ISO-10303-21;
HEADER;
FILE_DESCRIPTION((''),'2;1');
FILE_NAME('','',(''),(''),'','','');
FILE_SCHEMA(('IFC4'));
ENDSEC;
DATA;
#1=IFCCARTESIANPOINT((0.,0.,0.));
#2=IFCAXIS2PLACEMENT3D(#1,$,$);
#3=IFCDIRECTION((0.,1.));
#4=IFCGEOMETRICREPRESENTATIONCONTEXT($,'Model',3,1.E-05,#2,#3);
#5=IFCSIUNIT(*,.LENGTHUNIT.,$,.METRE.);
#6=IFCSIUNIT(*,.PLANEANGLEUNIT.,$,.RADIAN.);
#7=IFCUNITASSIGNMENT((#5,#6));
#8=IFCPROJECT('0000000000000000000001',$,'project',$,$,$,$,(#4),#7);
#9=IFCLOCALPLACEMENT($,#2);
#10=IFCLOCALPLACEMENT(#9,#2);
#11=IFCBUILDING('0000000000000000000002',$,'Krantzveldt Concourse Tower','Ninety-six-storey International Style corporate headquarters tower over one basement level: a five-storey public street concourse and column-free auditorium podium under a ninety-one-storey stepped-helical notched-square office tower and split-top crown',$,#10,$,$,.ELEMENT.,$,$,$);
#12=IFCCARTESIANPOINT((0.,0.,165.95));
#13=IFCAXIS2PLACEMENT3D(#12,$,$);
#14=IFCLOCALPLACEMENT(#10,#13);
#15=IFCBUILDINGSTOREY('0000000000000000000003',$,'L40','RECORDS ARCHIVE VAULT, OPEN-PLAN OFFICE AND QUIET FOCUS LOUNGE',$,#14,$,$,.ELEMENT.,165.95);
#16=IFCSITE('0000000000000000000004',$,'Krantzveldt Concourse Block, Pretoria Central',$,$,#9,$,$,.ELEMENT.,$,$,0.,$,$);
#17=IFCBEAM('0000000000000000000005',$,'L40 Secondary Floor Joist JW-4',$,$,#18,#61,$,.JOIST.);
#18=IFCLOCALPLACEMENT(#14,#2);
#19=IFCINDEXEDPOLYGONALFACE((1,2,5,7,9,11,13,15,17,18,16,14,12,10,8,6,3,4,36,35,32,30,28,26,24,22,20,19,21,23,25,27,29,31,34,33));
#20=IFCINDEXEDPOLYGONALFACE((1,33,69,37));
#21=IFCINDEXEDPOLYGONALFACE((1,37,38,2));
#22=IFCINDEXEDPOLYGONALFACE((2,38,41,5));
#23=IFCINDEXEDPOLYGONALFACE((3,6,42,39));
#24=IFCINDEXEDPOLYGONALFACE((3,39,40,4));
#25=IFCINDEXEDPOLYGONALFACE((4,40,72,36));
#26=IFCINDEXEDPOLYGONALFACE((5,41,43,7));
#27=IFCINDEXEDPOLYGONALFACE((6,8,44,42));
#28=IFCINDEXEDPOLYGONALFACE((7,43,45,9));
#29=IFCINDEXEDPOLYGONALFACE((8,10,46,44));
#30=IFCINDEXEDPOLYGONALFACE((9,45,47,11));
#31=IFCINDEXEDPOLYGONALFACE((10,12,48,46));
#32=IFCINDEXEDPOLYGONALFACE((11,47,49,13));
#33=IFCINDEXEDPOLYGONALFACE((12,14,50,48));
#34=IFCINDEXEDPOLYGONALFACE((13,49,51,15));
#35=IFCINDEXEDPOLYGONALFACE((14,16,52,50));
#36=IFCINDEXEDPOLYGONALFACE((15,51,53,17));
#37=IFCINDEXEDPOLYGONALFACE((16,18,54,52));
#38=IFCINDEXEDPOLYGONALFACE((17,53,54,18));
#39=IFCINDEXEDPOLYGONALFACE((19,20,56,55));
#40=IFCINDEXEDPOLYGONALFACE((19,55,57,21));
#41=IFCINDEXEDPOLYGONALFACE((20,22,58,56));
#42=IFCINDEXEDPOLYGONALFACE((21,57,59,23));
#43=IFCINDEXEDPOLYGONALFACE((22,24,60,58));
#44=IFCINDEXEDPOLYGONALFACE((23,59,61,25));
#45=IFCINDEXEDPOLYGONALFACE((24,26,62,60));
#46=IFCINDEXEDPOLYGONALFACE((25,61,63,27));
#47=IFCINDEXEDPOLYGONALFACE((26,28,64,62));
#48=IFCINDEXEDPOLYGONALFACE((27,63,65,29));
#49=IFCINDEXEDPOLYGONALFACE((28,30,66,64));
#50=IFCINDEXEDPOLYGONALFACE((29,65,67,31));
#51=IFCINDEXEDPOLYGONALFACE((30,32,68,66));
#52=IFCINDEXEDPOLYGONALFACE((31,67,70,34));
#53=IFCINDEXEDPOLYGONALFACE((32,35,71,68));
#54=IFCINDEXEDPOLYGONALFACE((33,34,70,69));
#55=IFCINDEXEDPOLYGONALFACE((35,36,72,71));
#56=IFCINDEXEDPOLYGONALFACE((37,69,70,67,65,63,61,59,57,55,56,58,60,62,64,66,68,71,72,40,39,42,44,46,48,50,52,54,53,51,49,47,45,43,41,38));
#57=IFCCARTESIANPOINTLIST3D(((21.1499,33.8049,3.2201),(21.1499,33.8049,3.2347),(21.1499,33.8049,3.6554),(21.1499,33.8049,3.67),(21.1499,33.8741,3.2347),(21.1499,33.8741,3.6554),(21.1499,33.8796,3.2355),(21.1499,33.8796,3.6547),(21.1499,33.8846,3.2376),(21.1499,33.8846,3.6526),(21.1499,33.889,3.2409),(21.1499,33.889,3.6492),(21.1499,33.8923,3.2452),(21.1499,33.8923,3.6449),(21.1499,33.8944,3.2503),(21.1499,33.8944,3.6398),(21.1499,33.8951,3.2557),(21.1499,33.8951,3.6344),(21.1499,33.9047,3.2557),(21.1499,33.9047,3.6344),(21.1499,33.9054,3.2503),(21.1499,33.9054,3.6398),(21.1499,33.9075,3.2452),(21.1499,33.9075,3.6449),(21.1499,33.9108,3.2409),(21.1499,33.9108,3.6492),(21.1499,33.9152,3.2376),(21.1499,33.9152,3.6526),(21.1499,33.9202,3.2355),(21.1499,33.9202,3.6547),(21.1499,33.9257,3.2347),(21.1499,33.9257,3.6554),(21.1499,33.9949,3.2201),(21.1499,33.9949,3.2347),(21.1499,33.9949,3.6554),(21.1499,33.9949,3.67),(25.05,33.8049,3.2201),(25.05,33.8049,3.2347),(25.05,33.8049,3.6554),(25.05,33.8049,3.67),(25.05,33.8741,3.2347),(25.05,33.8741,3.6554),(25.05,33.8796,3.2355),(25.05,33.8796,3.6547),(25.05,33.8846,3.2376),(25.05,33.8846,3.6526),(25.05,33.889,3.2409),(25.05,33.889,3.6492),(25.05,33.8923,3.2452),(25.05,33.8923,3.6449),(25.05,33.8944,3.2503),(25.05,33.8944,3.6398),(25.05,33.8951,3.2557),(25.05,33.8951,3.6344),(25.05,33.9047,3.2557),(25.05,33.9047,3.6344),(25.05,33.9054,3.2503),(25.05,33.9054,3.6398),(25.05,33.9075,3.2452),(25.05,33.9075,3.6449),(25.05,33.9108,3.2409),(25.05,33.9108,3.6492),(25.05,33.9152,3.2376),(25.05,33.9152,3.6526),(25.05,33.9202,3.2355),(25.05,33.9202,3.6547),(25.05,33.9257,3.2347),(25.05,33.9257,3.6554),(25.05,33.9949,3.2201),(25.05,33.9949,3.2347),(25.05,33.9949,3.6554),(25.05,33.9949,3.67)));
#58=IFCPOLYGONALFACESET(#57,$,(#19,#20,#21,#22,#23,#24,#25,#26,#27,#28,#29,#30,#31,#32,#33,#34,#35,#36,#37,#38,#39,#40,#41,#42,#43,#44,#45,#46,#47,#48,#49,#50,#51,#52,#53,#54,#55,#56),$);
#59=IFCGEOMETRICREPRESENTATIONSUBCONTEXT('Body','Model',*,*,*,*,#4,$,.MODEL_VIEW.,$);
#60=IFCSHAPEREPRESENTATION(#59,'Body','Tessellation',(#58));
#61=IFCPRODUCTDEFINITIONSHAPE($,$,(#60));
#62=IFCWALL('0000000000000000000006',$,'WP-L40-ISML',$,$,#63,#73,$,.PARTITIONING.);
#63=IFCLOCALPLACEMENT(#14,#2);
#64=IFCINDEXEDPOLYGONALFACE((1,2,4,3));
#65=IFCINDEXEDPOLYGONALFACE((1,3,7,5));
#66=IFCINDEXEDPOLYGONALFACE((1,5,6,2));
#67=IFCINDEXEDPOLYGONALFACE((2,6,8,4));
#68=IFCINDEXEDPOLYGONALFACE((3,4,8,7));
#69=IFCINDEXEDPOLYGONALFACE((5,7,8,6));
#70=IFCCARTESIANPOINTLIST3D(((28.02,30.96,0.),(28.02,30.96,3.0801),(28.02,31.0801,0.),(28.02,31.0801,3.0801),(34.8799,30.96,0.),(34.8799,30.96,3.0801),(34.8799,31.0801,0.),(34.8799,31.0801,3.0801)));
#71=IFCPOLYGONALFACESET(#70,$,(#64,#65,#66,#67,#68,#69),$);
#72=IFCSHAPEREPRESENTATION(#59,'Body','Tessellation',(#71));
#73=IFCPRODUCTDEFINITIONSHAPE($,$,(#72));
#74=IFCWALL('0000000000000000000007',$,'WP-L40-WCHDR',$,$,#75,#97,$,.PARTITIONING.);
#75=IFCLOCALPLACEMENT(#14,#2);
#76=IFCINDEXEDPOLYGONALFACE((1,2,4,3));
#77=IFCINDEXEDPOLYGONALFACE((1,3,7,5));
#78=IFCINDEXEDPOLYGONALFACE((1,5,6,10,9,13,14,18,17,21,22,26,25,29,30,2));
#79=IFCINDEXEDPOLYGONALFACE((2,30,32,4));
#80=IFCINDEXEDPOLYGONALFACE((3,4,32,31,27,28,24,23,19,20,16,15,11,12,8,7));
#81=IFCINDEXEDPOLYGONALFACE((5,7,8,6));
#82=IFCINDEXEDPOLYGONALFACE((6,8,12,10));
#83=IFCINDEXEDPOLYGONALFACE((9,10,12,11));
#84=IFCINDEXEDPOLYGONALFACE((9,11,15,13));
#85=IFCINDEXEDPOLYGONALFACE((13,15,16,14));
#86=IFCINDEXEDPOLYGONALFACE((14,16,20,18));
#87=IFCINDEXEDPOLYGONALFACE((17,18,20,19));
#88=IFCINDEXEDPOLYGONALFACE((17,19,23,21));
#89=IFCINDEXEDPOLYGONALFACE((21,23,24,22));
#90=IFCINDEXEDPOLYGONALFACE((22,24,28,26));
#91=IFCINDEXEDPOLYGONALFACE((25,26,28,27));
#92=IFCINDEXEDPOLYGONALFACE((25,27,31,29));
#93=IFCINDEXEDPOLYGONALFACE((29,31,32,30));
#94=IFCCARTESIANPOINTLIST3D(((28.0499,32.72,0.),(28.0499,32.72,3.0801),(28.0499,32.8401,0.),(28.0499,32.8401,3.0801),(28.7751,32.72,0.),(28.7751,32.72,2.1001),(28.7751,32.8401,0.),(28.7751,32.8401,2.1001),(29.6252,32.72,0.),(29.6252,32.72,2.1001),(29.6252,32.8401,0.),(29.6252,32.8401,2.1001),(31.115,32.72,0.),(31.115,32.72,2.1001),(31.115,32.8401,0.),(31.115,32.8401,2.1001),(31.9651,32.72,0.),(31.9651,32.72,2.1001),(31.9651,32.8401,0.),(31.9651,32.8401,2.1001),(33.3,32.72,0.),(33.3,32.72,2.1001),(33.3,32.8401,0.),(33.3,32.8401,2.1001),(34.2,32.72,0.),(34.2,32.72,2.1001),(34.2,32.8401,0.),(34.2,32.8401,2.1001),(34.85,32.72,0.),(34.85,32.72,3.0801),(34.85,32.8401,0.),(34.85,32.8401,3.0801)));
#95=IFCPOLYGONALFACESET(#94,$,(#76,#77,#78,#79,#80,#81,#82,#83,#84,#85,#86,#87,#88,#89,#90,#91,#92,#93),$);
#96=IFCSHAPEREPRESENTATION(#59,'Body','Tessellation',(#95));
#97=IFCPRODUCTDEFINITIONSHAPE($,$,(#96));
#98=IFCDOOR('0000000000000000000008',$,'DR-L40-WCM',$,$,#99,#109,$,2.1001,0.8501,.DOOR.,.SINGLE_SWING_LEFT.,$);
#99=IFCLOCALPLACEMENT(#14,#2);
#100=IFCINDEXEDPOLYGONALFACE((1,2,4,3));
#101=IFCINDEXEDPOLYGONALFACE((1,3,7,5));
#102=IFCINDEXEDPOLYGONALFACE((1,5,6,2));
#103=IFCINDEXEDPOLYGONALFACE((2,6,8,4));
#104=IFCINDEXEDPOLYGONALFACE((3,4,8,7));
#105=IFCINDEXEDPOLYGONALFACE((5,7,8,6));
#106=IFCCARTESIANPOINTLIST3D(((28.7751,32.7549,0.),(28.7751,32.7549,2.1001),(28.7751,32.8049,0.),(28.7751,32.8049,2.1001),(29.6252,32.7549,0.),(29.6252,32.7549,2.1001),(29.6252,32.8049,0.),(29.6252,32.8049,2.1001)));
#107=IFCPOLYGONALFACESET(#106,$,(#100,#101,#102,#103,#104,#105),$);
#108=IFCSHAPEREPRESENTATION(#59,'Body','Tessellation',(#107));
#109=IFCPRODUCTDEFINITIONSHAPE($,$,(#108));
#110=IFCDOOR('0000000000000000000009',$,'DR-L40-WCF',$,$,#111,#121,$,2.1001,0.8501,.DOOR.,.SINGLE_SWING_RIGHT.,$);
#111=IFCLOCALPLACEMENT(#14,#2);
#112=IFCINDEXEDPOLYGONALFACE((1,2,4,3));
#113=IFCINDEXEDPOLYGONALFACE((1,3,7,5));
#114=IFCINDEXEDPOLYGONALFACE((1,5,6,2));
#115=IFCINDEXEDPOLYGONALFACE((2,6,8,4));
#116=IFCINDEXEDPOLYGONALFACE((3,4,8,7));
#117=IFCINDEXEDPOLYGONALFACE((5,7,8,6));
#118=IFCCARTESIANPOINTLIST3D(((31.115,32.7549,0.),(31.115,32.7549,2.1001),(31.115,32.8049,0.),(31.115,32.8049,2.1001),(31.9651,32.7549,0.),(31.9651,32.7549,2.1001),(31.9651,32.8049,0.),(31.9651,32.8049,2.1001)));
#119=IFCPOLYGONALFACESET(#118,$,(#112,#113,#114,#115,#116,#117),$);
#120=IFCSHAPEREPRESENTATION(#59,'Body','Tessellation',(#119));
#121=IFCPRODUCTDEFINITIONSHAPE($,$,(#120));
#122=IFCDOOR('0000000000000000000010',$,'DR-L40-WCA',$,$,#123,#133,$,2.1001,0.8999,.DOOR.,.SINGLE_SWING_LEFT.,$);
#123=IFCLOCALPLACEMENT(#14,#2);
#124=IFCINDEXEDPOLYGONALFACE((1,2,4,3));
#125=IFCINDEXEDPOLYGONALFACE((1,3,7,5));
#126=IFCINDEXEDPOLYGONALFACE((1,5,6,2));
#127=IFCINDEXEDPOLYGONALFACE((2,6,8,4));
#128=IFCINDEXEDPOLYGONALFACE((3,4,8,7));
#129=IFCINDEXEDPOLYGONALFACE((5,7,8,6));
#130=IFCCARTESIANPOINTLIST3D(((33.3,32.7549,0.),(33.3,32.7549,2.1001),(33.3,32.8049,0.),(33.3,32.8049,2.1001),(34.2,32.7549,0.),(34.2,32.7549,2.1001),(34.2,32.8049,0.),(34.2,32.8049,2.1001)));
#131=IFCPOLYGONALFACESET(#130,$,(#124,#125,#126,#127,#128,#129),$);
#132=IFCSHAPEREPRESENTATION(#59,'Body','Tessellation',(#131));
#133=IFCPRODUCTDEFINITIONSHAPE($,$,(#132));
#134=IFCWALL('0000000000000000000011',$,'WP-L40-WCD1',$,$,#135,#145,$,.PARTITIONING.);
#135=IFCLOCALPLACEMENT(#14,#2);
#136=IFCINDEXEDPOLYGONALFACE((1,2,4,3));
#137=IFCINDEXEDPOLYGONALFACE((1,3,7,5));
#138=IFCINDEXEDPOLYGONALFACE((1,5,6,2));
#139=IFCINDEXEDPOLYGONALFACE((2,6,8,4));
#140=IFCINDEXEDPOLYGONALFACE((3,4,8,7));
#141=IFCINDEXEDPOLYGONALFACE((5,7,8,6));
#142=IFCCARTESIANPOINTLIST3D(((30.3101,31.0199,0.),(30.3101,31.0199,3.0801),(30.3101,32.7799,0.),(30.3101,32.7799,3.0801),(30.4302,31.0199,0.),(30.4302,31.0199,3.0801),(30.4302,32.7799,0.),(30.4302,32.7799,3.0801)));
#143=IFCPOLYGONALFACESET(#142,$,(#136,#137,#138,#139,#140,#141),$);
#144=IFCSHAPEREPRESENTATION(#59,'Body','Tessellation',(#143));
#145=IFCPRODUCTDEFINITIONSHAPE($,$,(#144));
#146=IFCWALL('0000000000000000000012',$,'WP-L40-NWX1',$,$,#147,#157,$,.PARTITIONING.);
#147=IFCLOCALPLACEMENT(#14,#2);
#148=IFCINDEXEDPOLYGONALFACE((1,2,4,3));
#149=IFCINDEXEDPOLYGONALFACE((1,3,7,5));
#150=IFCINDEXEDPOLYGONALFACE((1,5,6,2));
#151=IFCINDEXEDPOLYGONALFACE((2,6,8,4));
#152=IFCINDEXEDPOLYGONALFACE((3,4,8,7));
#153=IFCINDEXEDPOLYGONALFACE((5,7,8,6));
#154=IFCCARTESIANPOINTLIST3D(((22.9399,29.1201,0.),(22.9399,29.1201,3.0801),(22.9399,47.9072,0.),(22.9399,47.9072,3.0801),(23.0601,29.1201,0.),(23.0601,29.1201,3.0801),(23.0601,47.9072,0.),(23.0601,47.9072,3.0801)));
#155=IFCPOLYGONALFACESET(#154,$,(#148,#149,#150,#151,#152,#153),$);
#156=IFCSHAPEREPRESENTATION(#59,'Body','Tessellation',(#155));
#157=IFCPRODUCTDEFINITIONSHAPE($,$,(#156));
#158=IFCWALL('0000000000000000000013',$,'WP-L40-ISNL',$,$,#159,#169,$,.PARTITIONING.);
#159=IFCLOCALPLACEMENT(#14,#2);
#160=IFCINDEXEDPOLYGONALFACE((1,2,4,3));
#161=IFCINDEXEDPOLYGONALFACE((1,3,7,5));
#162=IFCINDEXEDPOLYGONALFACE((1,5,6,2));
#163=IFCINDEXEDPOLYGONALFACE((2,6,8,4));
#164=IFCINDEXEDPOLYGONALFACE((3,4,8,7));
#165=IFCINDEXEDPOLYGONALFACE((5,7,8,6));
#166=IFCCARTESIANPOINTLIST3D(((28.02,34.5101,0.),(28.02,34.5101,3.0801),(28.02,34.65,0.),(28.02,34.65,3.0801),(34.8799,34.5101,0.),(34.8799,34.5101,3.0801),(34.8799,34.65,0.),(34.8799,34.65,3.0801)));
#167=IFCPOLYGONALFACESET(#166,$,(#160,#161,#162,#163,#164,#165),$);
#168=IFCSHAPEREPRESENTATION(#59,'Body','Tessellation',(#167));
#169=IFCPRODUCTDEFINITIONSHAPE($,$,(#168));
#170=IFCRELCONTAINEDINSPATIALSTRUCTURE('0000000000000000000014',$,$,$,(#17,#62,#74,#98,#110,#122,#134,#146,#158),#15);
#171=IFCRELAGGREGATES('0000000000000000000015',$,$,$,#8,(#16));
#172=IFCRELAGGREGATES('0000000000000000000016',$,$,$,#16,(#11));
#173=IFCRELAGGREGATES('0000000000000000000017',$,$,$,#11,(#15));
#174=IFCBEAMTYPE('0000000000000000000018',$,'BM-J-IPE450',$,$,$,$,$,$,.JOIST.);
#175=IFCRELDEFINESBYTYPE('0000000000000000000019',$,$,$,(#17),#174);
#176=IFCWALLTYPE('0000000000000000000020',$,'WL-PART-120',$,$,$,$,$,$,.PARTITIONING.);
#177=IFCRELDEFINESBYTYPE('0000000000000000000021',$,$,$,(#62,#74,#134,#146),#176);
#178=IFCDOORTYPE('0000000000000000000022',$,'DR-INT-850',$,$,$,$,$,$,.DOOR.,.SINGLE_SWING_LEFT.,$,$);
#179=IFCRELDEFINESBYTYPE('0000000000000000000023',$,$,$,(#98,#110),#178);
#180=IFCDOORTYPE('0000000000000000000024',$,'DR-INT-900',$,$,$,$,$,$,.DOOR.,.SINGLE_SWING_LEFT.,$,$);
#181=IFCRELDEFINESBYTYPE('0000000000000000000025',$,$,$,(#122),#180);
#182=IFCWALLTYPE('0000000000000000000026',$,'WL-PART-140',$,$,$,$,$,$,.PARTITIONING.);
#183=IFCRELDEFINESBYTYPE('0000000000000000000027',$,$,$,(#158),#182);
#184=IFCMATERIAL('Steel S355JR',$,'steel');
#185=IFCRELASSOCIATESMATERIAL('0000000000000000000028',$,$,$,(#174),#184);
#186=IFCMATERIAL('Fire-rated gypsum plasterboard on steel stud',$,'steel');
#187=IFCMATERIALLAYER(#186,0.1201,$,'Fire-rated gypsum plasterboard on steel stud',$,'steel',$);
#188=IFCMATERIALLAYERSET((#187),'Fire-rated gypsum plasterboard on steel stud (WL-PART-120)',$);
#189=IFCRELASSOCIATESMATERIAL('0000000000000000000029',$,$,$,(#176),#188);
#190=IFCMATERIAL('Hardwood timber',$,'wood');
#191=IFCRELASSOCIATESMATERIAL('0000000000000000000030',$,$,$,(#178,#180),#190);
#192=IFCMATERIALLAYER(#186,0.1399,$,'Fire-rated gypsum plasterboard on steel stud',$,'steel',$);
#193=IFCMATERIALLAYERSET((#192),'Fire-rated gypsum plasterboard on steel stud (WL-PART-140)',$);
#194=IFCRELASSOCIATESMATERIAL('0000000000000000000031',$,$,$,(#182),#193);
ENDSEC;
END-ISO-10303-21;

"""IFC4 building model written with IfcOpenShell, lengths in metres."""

from ifc_helpers import new_model, si_unit, direction, frame, frame_2d, origin, origin_2d, place, context, subcontext, project, spatial, rectangle, i_section, extrude, source, transform, mapped, material, layer, layer_set, material_profile, profile_set, type_object, element, fill, save


model = new_model("IFC4")

# Units and contexts
model_context = context("Model", 3, precision=1e-05, world=origin(), true_north=direction((0.0, 1.0)))
body_context = subcontext(model_context, "Body", "Model", "MODEL_VIEW")
ifc_project = project(units=[si_unit("LENGTHUNIT", "METRE"), si_unit("PLANEANGLEUNIT", "RADIAN")], contexts=[model_context])

# Site, building, storey
site_placement = place(None, origin())
site = spatial("IfcSite", under=ifc_project, at=site_placement, Name="Krantzveldt Concourse Block, Pretoria Central", CompositionType="ELEMENT", RefElevation=0.0)
building_placement = place(site_placement, origin())
building = spatial("IfcBuilding", under=site, at=building_placement, Name="Krantzveldt Concourse Tower", Description="Ninety-six-storey International Style corporate headquarters tower over one basement level: a five-storey public street concourse and column-free auditorium podium under a ninety-one-storey stepped-helical notched-square office tower and split-top crown", CompositionType="ELEMENT")
storey_placement = place(building_placement, frame((0.0, 0.0, 165.95)))
storey = spatial("IfcBuildingStorey", under=building, at=storey_placement, Name="L40", Description="RECORDS ARCHIVE VAULT, OPEN-PLAN OFFICE AND QUIET FOCUS LOUNGE", CompositionType="ELEMENT", Elevation=165.95)

# Beam
ifc_material_1 = material(Name="Steel S355JR", Category="steel")
ifc_material_profile_1 = material_profile(ifc_material_1, i_section(OverallWidth=0.1899, OverallDepth=0.45, WebThickness=0.0095, FlangeThickness=0.0146, FilletRadius=0.021, at=origin_2d()), Name="Steel S355JR", Category="steel")
ifc_profile_set_1 = profile_set([ifc_material_profile_1], Name="Steel S355JR - IPE 450")
beam_type_1 = type_object("IfcBeamType", Name="BM-J-IPE450", PredefinedType="JOIST", material=ifc_profile_set_1)
shared_shape_1 = source(origin(), body_context, "Body", "SweptSolid", [
    extrude(i_section(OverallWidth=0.1899, OverallDepth=0.45, WebThickness=0.0095, FlangeThickness=0.0146, FilletRadius=0.021, at=origin_2d()), origin(), (0.0, 0.0, 1.0), 3.9001),
])
beam_placement = place(storey_placement, frame((21.1499, 33.8999, 3.4451), z_axis=(1.0, 0.0, 0.0), x_axis=(0.0, 1.0, 0.0)))
element("IfcBeam", 1, at=beam_placement, inside=storey, type_object=beam_type_1, Name="L40 Secondary Floor Joist JW-4", PredefinedType="JOIST", context=body_context, shape_type="MappedRepresentation", body=[
    mapped(shared_shape_1, transform((0.0, 0.0, 0.0), x_axis=(1.0, 0.0, 0.0), y_axis=(0.0, 1.0, 0.0), z_axis=(0.0, 0.0, 1.0), scale=1.0)),
])

# Wall
ifc_material_2 = material(Name="Fire-rated gypsum plasterboard on steel stud", Category="steel")
ifc_layer_1 = layer(ifc_material_2, 0.1201, Name="Fire-rated gypsum plasterboard on steel stud", Category="steel")
ifc_layer_set_1 = layer_set([ifc_layer_1], Name="Fire-rated gypsum plasterboard on steel stud (WL-PART-120)")
wall_type_1 = type_object("IfcWallType", Name="WL-PART-120", PredefinedType="PARTITIONING", material=ifc_layer_set_1)
wall_1_placement = place(storey_placement, frame((28.02, 31.02, 0.0), z_axis=(0.0, 0.0, 1.0), x_axis=(1.0, 0.0, 0.0)))
element("IfcWall", 2, at=wall_1_placement, inside=storey, type_object=wall_type_1, Name="WP-L40-ISML", PredefinedType="PARTITIONING", context=body_context, shape_type="SweptSolid", body=[
    extrude(rectangle(XDim=6.8599, YDim=0.1201, at=frame_2d((3.4299, 0.0))), origin(), (0.0, 0.0, 1.0), 3.0801),
])

# Wall, openings, doors
wall_2_placement = place(storey_placement, frame((28.05, 32.78, 0.0), z_axis=(0.0, 0.0, 1.0), x_axis=(1.0, 0.0, 0.0)))
wall_2 = element("IfcWall", 3, at=wall_2_placement, inside=storey, type_object=wall_type_1, Name="WP-L40-WCHDR", PredefinedType="PARTITIONING", context=body_context, shape_type="SweptSolid", body=[
    extrude(rectangle(XDim=6.8, YDim=0.1201, at=frame_2d((3.3999, 0.0))), origin(), (0.0, 0.0, 1.0), 3.0801),
])
opening_1_placement = place(wall_2_placement, frame((0.7251, 0.0, 0.0)))
opening_1 = element("IfcOpeningElement", 4, at=opening_1_placement, cuts=wall_2, PredefinedType="OPENING", context=body_context, shape_type="SweptSolid", body=[
    extrude(rectangle(XDim=0.8501, YDim=2.1001, at=frame_2d((0.425, 1.05))), frame((0.0, 0.0701, 0.0), z_axis=(0.0, -1.0, 0.0), x_axis=(1.0, 0.0, 0.0)), (0.0, 0.0, 1.0), 0.1401),
])
opening_2_placement = place(wall_2_placement, frame((3.0649, 0.0, 0.0)))
opening_2 = element("IfcOpeningElement", 5, at=opening_2_placement, cuts=wall_2, PredefinedType="OPENING", context=body_context, shape_type="SweptSolid", body=[
    extrude(rectangle(XDim=0.8501, YDim=2.1001, at=frame_2d((0.425, 1.05))), frame((0.0, 0.0701, 0.0), z_axis=(0.0, -1.0, 0.0), x_axis=(1.0, 0.0, 0.0)), (0.0, 0.0, 1.0), 0.1401),
])
opening_3_placement = place(wall_2_placement, frame((5.25, 0.0, 0.0)))
opening_3 = element("IfcOpeningElement", 6, at=opening_3_placement, cuts=wall_2, PredefinedType="OPENING", context=body_context, shape_type="SweptSolid", body=[
    extrude(rectangle(XDim=0.8999, YDim=2.1001, at=frame_2d((0.45, 1.05))), frame((0.0, 0.0701, 0.0), z_axis=(0.0, -1.0, 0.0), x_axis=(1.0, 0.0, 0.0)), (0.0, 0.0, 1.0), 0.1401),
])
ifc_material_3 = material(Name="Hardwood timber", Category="wood")
door_type_1 = type_object("IfcDoorType", Name="DR-INT-850", OperationType="SINGLE_SWING_LEFT", PredefinedType="DOOR", material=ifc_material_3)
door_1_placement = place(opening_1_placement, origin())
door_1 = element("IfcDoor", 7, at=door_1_placement, inside=storey, type_object=door_type_1, Name="DR-L40-WCM", OperationType="SINGLE_SWING_LEFT", OverallHeight=2.1001, OverallWidth=0.8501, PredefinedType="DOOR", context=body_context, shape_type="SweptSolid", body=[
    extrude(rectangle(XDim=0.8501, YDim=2.1001, at=frame_2d((0.425, 1.05))), frame((0.0, 0.0249, 0.0), z_axis=(0.0, -1.0, 0.0), x_axis=(1.0, 0.0, 0.0)), (0.0, 0.0, 1.0), 0.05),
])
fill(opening_1, door_1)
door_2_placement = place(opening_2_placement, origin())
door_2 = element("IfcDoor", 8, at=door_2_placement, inside=storey, type_object=door_type_1, Name="DR-L40-WCF", OperationType="SINGLE_SWING_RIGHT", OverallHeight=2.1001, OverallWidth=0.8501, PredefinedType="DOOR", context=body_context, shape_type="SweptSolid", body=[
    extrude(rectangle(XDim=0.8501, YDim=2.1001, at=frame_2d((0.425, 1.05))), frame((0.0, 0.0249, 0.0), z_axis=(0.0, -1.0, 0.0), x_axis=(1.0, 0.0, 0.0)), (0.0, 0.0, 1.0), 0.05),
])
fill(opening_2, door_2)
door_type_2 = type_object("IfcDoorType", Name="DR-INT-900", OperationType="SINGLE_SWING_LEFT", PredefinedType="DOOR", material=ifc_material_3)
door_3_placement = place(opening_3_placement, origin())
door_3 = element("IfcDoor", 9, at=door_3_placement, inside=storey, type_object=door_type_2, Name="DR-L40-WCA", OperationType="SINGLE_SWING_LEFT", OverallHeight=2.1001, OverallWidth=0.8999, PredefinedType="DOOR", context=body_context, shape_type="SweptSolid", body=[
    extrude(rectangle(XDim=0.8999, YDim=2.1001, at=frame_2d((0.45, 1.05))), frame((0.0, 0.0249, 0.0), z_axis=(0.0, -1.0, 0.0), x_axis=(1.0, 0.0, 0.0)), (0.0, 0.0, 1.0), 0.05),
])
fill(opening_3, door_3)

# Walls
wall_3_placement = place(storey_placement, frame((30.3701, 31.02, 0.0), z_axis=(0.0, 0.0, 1.0), x_axis=(0.0, 1.0, 0.0)))
element("IfcWall", 10, at=wall_3_placement, inside=storey, type_object=wall_type_1, Name="WP-L40-WCD1", PredefinedType="PARTITIONING", context=body_context, shape_type="SweptSolid", body=[
    extrude(rectangle(XDim=1.76, YDim=0.1201, at=frame_2d((0.8799, 0.0))), origin(), (0.0, 0.0, 1.0), 3.0801),
])
wall_4_placement = place(storey_placement, frame((23.0, 29.1201, 0.0), z_axis=(0.0, 0.0, 1.0), x_axis=(0.0, 1.0, 0.0)))
element("IfcWall", 11, at=wall_4_placement, inside=storey, type_object=wall_type_1, Name="WP-L40-NWX1", PredefinedType="PARTITIONING", context=body_context, shape_type="SweptSolid", body=[
    extrude(rectangle(XDim=18.7871, YDim=0.1201, at=frame_2d((9.3936, 0.0))), origin(), (0.0, 0.0, 1.0), 3.0801),
])
ifc_layer_2 = layer(ifc_material_2, 0.1399, Name="Fire-rated gypsum plasterboard on steel stud", Category="steel")
ifc_layer_set_2 = layer_set([ifc_layer_2], Name="Fire-rated gypsum plasterboard on steel stud (WL-PART-140)")
wall_type_2 = type_object("IfcWallType", Name="WL-PART-140", PredefinedType="PARTITIONING", material=ifc_layer_set_2)
wall_5_placement = place(storey_placement, frame((28.02, 34.5801, 0.0), z_axis=(0.0, 0.0, 1.0), x_axis=(1.0, 0.0, 0.0)))
element("IfcWall", 12, at=wall_5_placement, inside=storey, type_object=wall_type_2, Name="WP-L40-ISNL", PredefinedType="PARTITIONING", context=body_context, shape_type="SweptSolid", body=[
    extrude(rectangle(XDim=6.8599, YDim=0.1399, at=frame_2d((3.4299, 0.0))), origin(), (0.0, 0.0, 1.0), 3.0801),
])

save(model, "model.ifc")
